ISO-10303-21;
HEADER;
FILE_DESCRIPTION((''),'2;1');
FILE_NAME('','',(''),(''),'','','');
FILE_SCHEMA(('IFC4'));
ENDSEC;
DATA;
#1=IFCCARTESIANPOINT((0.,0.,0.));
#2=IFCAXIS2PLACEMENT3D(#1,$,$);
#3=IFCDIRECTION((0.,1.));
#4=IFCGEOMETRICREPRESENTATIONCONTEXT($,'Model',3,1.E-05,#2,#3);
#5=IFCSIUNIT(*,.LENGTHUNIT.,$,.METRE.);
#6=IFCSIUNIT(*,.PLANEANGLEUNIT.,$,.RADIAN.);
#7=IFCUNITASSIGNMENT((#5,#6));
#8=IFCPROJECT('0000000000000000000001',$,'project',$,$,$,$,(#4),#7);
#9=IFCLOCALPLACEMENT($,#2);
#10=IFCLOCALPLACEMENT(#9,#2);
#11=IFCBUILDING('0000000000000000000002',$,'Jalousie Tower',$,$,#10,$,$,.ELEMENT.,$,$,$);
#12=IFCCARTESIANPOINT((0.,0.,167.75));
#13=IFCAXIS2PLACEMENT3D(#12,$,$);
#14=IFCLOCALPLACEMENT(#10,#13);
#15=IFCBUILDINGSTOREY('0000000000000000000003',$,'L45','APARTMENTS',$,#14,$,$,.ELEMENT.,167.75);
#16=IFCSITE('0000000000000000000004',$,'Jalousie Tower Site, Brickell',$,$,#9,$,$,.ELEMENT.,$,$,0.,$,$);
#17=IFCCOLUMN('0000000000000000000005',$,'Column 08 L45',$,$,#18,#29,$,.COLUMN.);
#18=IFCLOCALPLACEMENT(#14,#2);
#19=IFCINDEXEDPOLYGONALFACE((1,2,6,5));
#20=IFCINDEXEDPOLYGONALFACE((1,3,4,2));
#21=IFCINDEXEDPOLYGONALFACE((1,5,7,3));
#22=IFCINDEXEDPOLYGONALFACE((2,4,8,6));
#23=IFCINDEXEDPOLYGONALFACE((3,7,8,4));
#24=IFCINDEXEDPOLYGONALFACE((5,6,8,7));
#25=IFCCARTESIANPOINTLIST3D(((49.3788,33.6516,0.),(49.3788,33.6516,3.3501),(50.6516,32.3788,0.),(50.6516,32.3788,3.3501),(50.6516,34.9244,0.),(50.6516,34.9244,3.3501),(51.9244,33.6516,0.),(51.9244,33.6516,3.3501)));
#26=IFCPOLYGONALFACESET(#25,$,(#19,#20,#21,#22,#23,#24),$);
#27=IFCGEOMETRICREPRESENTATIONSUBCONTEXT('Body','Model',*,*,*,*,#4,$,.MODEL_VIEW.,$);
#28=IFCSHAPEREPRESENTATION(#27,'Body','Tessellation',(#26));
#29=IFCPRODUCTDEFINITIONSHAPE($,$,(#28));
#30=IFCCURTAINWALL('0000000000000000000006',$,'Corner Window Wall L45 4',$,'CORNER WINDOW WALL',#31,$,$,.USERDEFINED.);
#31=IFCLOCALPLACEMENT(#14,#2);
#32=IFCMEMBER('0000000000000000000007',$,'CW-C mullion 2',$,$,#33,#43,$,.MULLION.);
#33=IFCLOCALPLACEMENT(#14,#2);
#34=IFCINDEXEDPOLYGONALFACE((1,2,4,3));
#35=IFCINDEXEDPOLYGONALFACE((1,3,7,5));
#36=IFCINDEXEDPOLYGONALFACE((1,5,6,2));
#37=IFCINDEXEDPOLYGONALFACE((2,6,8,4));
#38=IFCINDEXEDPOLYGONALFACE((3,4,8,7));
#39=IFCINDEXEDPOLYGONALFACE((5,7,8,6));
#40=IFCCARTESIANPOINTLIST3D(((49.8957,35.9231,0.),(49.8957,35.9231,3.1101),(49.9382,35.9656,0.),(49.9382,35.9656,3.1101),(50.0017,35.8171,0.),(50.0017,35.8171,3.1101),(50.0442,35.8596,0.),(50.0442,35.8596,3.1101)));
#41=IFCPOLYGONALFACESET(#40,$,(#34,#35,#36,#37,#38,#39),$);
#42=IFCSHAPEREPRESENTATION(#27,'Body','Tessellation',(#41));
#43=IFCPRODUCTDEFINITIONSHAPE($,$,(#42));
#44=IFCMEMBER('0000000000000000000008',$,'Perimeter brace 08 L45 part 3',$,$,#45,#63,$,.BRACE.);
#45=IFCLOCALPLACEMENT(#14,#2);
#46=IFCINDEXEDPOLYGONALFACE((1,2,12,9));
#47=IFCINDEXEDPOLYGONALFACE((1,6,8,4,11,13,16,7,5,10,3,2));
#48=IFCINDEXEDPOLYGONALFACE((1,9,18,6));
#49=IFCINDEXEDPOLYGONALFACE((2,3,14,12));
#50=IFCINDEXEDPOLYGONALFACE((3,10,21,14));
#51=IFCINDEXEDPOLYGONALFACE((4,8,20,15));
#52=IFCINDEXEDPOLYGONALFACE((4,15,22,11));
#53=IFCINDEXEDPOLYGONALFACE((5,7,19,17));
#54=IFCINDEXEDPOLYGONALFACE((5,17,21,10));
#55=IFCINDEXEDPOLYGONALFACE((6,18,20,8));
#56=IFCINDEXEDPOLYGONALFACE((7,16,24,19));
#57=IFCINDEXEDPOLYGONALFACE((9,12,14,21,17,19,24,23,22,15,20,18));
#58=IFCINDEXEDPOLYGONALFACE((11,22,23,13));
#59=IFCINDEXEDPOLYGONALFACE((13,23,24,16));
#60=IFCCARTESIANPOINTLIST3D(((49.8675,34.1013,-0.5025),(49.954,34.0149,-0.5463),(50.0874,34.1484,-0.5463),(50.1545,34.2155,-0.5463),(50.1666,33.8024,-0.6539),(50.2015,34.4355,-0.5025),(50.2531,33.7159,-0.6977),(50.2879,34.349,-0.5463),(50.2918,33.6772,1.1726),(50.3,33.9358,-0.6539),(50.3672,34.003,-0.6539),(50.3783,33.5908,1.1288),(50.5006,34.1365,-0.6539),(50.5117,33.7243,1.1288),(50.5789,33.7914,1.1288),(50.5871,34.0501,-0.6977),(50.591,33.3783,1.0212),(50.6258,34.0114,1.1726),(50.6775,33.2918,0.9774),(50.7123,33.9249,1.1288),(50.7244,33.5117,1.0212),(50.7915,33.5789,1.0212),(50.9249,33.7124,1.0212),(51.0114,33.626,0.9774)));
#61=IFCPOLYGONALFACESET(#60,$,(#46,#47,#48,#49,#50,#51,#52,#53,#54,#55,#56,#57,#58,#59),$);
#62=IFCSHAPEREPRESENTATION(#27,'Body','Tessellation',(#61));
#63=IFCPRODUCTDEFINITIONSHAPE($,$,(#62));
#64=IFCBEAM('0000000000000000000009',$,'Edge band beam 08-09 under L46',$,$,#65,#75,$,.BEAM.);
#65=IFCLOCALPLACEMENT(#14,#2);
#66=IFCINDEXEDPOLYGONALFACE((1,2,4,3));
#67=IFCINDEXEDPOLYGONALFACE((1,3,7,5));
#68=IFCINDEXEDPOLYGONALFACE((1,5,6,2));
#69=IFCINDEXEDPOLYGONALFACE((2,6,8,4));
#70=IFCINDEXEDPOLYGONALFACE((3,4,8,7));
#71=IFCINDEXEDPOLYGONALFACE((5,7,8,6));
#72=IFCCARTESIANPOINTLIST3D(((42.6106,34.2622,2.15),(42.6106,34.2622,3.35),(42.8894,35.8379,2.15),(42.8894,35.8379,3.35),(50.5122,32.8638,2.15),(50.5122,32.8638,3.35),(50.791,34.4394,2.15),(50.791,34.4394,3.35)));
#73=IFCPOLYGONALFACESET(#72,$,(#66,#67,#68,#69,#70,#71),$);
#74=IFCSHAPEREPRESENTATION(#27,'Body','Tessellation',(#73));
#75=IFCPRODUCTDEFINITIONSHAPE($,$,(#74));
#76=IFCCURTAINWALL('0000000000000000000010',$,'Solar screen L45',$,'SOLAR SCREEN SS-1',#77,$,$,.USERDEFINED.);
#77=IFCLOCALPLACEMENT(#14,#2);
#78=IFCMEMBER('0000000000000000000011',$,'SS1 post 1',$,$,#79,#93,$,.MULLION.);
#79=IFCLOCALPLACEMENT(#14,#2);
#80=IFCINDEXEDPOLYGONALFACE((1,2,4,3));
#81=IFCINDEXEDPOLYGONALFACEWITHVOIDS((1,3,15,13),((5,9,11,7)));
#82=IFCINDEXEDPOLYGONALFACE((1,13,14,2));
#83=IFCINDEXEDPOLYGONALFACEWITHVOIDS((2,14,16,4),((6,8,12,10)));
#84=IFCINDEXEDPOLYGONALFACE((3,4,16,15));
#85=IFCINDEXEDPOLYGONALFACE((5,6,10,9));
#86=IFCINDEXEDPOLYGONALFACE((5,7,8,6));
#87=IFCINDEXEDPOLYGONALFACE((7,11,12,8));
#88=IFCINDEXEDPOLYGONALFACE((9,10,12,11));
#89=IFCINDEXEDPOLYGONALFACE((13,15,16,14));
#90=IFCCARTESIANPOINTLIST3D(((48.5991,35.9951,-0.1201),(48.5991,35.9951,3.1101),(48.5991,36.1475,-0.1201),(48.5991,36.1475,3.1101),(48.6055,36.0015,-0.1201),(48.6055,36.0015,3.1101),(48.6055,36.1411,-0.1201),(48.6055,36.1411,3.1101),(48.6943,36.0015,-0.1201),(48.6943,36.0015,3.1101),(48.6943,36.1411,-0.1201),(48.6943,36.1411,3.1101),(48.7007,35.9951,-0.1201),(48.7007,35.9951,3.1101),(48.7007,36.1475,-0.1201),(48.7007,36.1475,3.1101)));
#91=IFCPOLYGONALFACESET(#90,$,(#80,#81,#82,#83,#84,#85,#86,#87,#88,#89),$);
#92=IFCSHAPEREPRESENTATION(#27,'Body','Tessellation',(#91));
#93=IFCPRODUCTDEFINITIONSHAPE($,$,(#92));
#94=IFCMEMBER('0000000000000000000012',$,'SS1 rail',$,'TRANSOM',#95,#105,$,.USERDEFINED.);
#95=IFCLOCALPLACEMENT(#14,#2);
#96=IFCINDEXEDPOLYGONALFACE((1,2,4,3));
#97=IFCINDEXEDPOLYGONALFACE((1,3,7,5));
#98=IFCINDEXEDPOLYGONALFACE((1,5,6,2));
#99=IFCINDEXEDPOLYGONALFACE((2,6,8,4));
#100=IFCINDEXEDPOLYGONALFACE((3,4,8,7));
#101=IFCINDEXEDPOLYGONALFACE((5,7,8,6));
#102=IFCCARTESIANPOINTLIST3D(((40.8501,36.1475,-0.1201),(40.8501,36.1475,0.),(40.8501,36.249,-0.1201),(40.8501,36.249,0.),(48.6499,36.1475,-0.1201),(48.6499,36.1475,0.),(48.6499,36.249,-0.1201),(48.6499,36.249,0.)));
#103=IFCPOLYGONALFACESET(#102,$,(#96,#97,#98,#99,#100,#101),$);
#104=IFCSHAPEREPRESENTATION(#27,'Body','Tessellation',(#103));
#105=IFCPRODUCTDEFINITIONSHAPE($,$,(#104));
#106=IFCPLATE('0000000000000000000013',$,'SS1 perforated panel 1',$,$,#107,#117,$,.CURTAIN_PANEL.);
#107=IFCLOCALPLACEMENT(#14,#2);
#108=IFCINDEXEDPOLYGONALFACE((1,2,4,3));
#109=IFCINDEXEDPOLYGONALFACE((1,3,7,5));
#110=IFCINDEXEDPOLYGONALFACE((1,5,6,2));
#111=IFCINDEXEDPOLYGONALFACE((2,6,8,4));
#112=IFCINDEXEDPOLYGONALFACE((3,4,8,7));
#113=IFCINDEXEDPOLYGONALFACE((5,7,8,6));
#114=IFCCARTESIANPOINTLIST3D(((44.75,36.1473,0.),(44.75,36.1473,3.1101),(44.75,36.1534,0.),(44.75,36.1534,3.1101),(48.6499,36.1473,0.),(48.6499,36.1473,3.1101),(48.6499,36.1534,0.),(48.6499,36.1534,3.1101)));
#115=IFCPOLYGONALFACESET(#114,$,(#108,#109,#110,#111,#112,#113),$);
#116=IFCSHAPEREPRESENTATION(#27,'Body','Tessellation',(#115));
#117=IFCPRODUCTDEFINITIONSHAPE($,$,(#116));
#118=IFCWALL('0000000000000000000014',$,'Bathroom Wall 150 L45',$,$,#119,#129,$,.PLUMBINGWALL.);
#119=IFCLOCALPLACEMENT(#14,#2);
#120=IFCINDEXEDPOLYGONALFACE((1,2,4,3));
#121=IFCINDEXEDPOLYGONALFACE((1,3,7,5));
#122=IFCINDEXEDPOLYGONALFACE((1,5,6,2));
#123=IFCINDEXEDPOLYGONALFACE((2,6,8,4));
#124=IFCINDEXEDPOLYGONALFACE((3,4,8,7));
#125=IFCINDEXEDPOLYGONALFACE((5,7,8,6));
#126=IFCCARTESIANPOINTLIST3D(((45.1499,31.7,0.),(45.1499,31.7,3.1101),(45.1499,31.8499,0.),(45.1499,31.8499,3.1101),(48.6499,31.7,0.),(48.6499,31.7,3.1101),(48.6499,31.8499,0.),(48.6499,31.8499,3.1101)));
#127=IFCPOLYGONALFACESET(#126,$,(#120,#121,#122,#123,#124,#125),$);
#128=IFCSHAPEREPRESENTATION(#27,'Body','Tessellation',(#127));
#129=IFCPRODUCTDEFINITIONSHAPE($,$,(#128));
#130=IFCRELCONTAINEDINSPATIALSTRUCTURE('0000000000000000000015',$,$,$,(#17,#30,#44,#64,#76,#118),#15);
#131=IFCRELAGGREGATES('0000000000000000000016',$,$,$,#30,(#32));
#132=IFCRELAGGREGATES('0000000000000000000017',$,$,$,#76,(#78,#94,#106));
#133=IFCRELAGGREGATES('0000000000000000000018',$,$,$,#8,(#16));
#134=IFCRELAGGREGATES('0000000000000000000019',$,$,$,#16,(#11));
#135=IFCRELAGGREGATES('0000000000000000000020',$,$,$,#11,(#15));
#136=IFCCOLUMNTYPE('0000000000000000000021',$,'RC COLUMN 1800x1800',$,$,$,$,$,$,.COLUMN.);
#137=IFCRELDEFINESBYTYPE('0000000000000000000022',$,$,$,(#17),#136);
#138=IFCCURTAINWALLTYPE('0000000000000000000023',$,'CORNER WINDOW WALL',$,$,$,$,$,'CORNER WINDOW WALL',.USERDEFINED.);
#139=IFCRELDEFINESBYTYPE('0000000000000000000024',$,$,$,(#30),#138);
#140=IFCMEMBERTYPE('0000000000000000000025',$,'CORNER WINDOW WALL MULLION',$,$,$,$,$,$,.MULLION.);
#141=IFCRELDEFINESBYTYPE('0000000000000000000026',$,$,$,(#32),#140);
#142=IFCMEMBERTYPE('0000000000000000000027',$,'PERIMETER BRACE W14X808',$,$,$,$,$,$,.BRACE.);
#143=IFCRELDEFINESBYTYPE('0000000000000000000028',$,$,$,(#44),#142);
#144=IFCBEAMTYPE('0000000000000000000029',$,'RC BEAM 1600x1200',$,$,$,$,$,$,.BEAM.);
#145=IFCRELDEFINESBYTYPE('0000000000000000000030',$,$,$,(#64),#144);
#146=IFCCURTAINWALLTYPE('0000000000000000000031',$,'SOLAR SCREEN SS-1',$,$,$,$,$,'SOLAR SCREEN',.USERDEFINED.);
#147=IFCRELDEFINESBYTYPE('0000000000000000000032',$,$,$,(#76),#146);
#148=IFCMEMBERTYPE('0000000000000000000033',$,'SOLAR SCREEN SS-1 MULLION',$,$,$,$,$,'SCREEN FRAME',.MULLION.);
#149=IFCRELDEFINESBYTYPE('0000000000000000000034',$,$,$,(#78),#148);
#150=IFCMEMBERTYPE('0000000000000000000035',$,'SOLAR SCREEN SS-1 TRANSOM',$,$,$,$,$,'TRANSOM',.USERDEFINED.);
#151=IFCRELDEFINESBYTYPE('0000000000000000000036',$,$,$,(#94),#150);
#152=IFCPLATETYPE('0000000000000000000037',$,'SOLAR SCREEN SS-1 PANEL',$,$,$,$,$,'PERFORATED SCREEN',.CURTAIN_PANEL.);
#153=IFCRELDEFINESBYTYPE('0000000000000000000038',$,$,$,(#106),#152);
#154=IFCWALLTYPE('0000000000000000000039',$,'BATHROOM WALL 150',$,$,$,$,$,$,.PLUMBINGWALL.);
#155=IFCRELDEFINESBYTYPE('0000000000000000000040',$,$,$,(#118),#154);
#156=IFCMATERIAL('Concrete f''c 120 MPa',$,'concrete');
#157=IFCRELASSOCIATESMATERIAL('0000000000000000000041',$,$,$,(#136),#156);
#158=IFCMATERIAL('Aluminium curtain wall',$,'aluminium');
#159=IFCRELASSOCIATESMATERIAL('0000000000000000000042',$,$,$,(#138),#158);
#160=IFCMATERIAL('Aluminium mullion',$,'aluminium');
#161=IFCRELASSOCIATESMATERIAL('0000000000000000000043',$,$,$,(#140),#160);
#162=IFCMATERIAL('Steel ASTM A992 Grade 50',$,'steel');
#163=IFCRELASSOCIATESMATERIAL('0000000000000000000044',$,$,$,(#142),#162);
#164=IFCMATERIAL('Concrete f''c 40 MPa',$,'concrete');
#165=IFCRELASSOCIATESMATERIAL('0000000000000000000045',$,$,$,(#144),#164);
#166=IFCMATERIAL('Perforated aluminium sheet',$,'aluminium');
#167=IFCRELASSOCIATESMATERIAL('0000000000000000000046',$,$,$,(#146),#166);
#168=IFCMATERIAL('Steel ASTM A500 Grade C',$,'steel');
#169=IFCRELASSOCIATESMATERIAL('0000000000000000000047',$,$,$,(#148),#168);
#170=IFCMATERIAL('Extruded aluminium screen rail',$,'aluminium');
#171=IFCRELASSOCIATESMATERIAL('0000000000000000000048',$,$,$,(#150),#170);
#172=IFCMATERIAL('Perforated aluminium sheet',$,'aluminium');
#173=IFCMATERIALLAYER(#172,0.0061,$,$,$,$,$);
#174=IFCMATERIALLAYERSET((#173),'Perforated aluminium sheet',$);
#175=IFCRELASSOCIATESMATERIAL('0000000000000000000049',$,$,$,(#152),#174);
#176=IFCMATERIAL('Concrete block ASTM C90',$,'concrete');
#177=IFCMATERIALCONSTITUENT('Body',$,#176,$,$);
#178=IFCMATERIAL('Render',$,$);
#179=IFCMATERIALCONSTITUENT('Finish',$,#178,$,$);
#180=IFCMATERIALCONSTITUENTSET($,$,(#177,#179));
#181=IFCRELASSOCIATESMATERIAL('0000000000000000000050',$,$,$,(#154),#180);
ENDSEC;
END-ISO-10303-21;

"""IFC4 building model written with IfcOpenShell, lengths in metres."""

from ifc_helpers import new_model, si_unit, direction, frame, frame_2d, origin, origin_2d, place, context, subcontext, project, spatial, rectangle, hollow_rectangle, i_section, extrude, material, layer, layer_set, constituent, constituent_set, material_profile, profile_set, type_object, element, aggregate, save


model = new_model("IFC4")

# Units and contexts
model_context = context("Model", 3, precision=1e-05, world=origin(), true_north=direction((0.0, 1.0)))
body_context = subcontext(model_context, "Body", "Model", "MODEL_VIEW")
ifc_project = project(units=[si_unit("LENGTHUNIT", "METRE"), si_unit("PLANEANGLEUNIT", "RADIAN")], contexts=[model_context])

# Site, building, storey
site_placement = place(None, origin())
site = spatial("IfcSite", under=ifc_project, at=site_placement, Name="Jalousie Tower Site, Brickell", CompositionType="ELEMENT", RefElevation=0.0)
building_placement = place(site_placement, origin())
building = spatial("IfcBuilding", under=site, at=building_placement, Name="Jalousie Tower", CompositionType="ELEMENT")
storey_placement = place(building_placement, frame((0.0, 0.0, 167.75)))
storey = spatial("IfcBuildingStorey", under=building, at=storey_placement, Name="L45", Description="APARTMENTS", CompositionType="ELEMENT", Elevation=167.75)

# Column
ifc_material_1 = material(Name="Concrete f'c 120 MPa", Category="concrete")
ifc_material_profile_1 = material_profile(ifc_material_1, rectangle(XDim=1.8, YDim=1.8, at=origin_2d()), Name="RC 1800x1800")
ifc_profile_set_1 = profile_set([ifc_material_profile_1], Name="Concrete f'c 120 MPa")
column_type = type_object("IfcColumnType", Name="RC COLUMN 1800x1800", PredefinedType="COLUMN", material=ifc_profile_set_1)
column_placement = place(storey_placement, frame((50.6516, 33.6516, 0.0), z_axis=(0.0, 0.0, 1.0), x_axis=(0.707107, 0.707107, 0.0)))
element("IfcColumn", 1, at=column_placement, inside=storey, type_object=column_type, Name="Column 08 L45", PredefinedType="COLUMN", context=body_context, shape_type="SweptSolid", body=[
    extrude(rectangle(XDim=1.8, YDim=1.8, at=origin_2d()), origin(), (0.0, 0.0, 1.0), 3.3501),
])

# Curtain wall, member
ifc_material_2 = material(Name="Aluminium curtain wall", Category="aluminium")
curtain_wall_type_1 = type_object("IfcCurtainWallType", Name="CORNER WINDOW WALL", ElementType="CORNER WINDOW WALL", PredefinedType="USERDEFINED", material=ifc_material_2)
curtain_wall_1_placement = place(storey_placement, origin())
curtain_wall_1 = element("IfcCurtainWall", 2, at=curtain_wall_1_placement, inside=storey, type_object=curtain_wall_type_1, Name="Corner Window Wall L45 4", ObjectType="CORNER WINDOW WALL", PredefinedType="USERDEFINED")
ifc_material_3 = material(Name="Aluminium mullion", Category="aluminium")
ifc_material_profile_2 = material_profile(ifc_material_3, rectangle(XDim=0.0601, YDim=0.1499, at=origin_2d()), Name="MULLION 60x150")
ifc_profile_set_2 = profile_set([ifc_material_profile_2], Name="Aluminium mullion")
member_type_1 = type_object("IfcMemberType", Name="CORNER WINDOW WALL MULLION", PredefinedType="MULLION", material=ifc_profile_set_2)
member_1_placement = place(storey_placement, frame((49.97, 35.8914, 0.0), z_axis=(0.0, 0.0, 1.0), x_axis=(-0.707107, -0.707107, 0.0)))
member_1 = element("IfcMember", 3, at=member_1_placement, type_object=member_type_1, Name="CW-C mullion 2", PredefinedType="MULLION", context=body_context, shape_type="SweptSolid", body=[
    extrude(rectangle(XDim=0.0601, YDim=0.1499, at=origin_2d()), origin(), (0.0, 0.0, 1.0), 3.1101),
])
aggregate(curtain_wall_1, [member_1])

# Member
ifc_material_4 = material(Name="Steel ASTM A992 Grade 50", Category="steel")
ifc_material_profile_3 = material_profile(ifc_material_4, i_section(OverallWidth=0.4724, OverallDepth=0.5791, WebThickness=0.095, FlangeThickness=0.1299, at=origin_2d()), Name="W14X808")
ifc_profile_set_3 = profile_set([ifc_material_profile_3], Name="Steel ASTM A992 Grade 50")
member_type_2 = type_object("IfcMemberType", Name="PERIMETER BRACE W14X808", PredefinedType="BRACE", material=ifc_profile_set_3)
member_2_placement = place(storey_placement, frame((50.2273, 34.0757, -0.6001), z_axis=(0.238483, -0.238346, 0.941444), x_axis=(0.706903, 0.70731, 0.0)))
element("IfcMember", 4, at=member_2_placement, inside=storey, type_object=member_type_2, Name="Perimeter brace 08 L45 part 3", PredefinedType="BRACE", context=body_context, shape_type="SweptSolid", body=[
    extrude(i_section(OverallWidth=0.4724, OverallDepth=0.5791, WebThickness=0.095, FlangeThickness=0.1299, at=origin_2d()), origin(), (0.0, 0.0, 1.0), 1.7793),
])

# Beam
ifc_material_5 = material(Name="Concrete f'c 40 MPa", Category="concrete")
ifc_material_profile_4 = material_profile(ifc_material_5, rectangle(XDim=1.6001, YDim=1.2, at=origin_2d()), Name="RC 1600x1200")
ifc_profile_set_4 = profile_set([ifc_material_profile_4], Name="Concrete f'c 40 MPa")
beam_type = type_object("IfcBeamType", Name="RC BEAM 1600x1200", PredefinedType="BEAM", material=ifc_profile_set_4)
beam_placement = place(storey_placement, frame((50.6516, 33.6516, 2.75), z_axis=(-0.984697, 0.174273, 0.0), x_axis=(-0.174273, -0.984697, 0.0)))
element("IfcBeam", 5, at=beam_placement, inside=storey, type_object=beam_type, Name="Edge band beam 08-09 under L46", PredefinedType="BEAM", context=body_context, shape_type="SweptSolid", body=[
    extrude(rectangle(XDim=1.6001, YDim=1.2, at=origin_2d()), origin(), (0.0, 0.0, 1.0), 8.0244),
])

# Curtain wall, members, plate
ifc_material_6 = material(Name="Perforated aluminium sheet", Category="aluminium")
curtain_wall_type_2 = type_object("IfcCurtainWallType", Name="SOLAR SCREEN SS-1", ElementType="SOLAR SCREEN", PredefinedType="USERDEFINED", material=ifc_material_6)
curtain_wall_2_placement = place(storey_placement, origin())
curtain_wall_2 = element("IfcCurtainWall", 6, at=curtain_wall_2_placement, inside=storey, type_object=curtain_wall_type_2, Name="Solar screen L45", ObjectType="SOLAR SCREEN SS-1", PredefinedType="USERDEFINED")
ifc_material_7 = material(Name="Steel ASTM A500 Grade C", Category="steel")
ifc_material_profile_5 = material_profile(ifc_material_7, hollow_rectangle(XDim=0.1016, YDim=0.1523, WallThickness=0.0063, at=origin_2d()), Name="HSS6X4X1/4")
ifc_profile_set_5 = profile_set([ifc_material_profile_5], Name="Steel ASTM A500 Grade C")
member_type_3 = type_object("IfcMemberType", Name="SOLAR SCREEN SS-1 MULLION", ElementType="SCREEN FRAME", PredefinedType="MULLION", material=ifc_profile_set_5)
member_3_placement = place(storey_placement, frame((48.6499, 36.0713, -0.1201), z_axis=(0.0, 0.0, 1.0), x_axis=(-1.0, 0.0, 0.0)))
member_3 = element("IfcMember", 7, at=member_3_placement, type_object=member_type_3, Name="SS1 post 1", PredefinedType="MULLION", context=body_context, shape_type="SweptSolid", body=[
    extrude(hollow_rectangle(XDim=0.1016, YDim=0.1523, WallThickness=0.0063, at=origin_2d()), origin(), (0.0, 0.0, 1.0), 3.2302),
])
ifc_material_8 = material(Name="Extruded aluminium screen rail", Category="aluminium")
ifc_material_profile_6 = material_profile(ifc_material_8, rectangle(XDim=0.1016, YDim=0.1201, at=origin_2d()), Name="RAIL 102x120")
ifc_profile_set_6 = profile_set([ifc_material_profile_6], Name="Extruded aluminium screen rail")
member_type_4 = type_object("IfcMemberType", Name="SOLAR SCREEN SS-1 TRANSOM", ElementType="TRANSOM", PredefinedType="USERDEFINED", material=ifc_profile_set_6)
member_4_placement = place(storey_placement, frame((48.6499, 36.1982, -0.0601), z_axis=(-1.0, 0.0, 0.0), x_axis=(0.0, -1.0, 0.0)))
member_4 = element("IfcMember", 8, at=member_4_placement, type_object=member_type_4, Name="SS1 rail", ObjectType="TRANSOM", PredefinedType="USERDEFINED", context=body_context, shape_type="SweptSolid", body=[
    extrude(rectangle(XDim=0.1016, YDim=0.1201, at=origin_2d()), origin(), (0.0, 0.0, 1.0), 7.7998),
])
ifc_material_9 = material(Name="Perforated aluminium sheet", Category="aluminium")
ifc_layer = layer(ifc_material_9, 0.0061)
ifc_layer_set = layer_set([ifc_layer], Name="Perforated aluminium sheet")
plate_type = type_object("IfcPlateType", Name="SOLAR SCREEN SS-1 PANEL", ElementType="PERFORATED SCREEN", PredefinedType="CURTAIN_PANEL", material=ifc_layer_set)
plate_placement = place(storey_placement, frame((46.7, 36.1504, 0.0), z_axis=(0.0, 0.0, 1.0), x_axis=(-1.0, 0.0, 0.0)))
plate = element("IfcPlate", 9, at=plate_placement, type_object=plate_type, Name="SS1 perforated panel 1", PredefinedType="CURTAIN_PANEL", context=body_context, shape_type="SweptSolid", body=[
    extrude(rectangle(XDim=3.8999, YDim=0.0061, at=origin_2d()), origin(), (0.0, 0.0, 1.0), 3.1101),
])
aggregate(curtain_wall_2, [member_3, member_4, plate])

# Wall
ifc_material_10 = material(Name="Concrete block ASTM C90", Category="concrete")
ifc_constituent_1 = constituent(ifc_material_10, Name="Body")
ifc_material_11 = material(Name="Render")
ifc_constituent_2 = constituent(ifc_material_11, Name="Finish")
ifc_constituent_set_1 = constituent_set(constituents=[ifc_constituent_1, ifc_constituent_2])
wall_type_1 = type_object("IfcWallType", Name="BATHROOM WALL 150", PredefinedType="PLUMBINGWALL", material=ifc_constituent_set_1)
wall_1_placement = place(storey_placement, frame((45.1499, 31.7749, 0.0), z_axis=(0.0, 0.0, 1.0), x_axis=(1.0, 0.0, 0.0)))
element("IfcWall", 10, at=wall_1_placement, inside=storey, type_object=wall_type_1, Name="Bathroom Wall 150 L45", PredefinedType="PLUMBINGWALL", context=body_context, shape_type="SweptSolid", body=[
    extrude(rectangle(XDim=3.5, YDim=0.1499, at=frame_2d((1.75, 0.0))), origin(), (0.0, 0.0, 1.0), 3.1101),
])

save(model, "model.ifc")
